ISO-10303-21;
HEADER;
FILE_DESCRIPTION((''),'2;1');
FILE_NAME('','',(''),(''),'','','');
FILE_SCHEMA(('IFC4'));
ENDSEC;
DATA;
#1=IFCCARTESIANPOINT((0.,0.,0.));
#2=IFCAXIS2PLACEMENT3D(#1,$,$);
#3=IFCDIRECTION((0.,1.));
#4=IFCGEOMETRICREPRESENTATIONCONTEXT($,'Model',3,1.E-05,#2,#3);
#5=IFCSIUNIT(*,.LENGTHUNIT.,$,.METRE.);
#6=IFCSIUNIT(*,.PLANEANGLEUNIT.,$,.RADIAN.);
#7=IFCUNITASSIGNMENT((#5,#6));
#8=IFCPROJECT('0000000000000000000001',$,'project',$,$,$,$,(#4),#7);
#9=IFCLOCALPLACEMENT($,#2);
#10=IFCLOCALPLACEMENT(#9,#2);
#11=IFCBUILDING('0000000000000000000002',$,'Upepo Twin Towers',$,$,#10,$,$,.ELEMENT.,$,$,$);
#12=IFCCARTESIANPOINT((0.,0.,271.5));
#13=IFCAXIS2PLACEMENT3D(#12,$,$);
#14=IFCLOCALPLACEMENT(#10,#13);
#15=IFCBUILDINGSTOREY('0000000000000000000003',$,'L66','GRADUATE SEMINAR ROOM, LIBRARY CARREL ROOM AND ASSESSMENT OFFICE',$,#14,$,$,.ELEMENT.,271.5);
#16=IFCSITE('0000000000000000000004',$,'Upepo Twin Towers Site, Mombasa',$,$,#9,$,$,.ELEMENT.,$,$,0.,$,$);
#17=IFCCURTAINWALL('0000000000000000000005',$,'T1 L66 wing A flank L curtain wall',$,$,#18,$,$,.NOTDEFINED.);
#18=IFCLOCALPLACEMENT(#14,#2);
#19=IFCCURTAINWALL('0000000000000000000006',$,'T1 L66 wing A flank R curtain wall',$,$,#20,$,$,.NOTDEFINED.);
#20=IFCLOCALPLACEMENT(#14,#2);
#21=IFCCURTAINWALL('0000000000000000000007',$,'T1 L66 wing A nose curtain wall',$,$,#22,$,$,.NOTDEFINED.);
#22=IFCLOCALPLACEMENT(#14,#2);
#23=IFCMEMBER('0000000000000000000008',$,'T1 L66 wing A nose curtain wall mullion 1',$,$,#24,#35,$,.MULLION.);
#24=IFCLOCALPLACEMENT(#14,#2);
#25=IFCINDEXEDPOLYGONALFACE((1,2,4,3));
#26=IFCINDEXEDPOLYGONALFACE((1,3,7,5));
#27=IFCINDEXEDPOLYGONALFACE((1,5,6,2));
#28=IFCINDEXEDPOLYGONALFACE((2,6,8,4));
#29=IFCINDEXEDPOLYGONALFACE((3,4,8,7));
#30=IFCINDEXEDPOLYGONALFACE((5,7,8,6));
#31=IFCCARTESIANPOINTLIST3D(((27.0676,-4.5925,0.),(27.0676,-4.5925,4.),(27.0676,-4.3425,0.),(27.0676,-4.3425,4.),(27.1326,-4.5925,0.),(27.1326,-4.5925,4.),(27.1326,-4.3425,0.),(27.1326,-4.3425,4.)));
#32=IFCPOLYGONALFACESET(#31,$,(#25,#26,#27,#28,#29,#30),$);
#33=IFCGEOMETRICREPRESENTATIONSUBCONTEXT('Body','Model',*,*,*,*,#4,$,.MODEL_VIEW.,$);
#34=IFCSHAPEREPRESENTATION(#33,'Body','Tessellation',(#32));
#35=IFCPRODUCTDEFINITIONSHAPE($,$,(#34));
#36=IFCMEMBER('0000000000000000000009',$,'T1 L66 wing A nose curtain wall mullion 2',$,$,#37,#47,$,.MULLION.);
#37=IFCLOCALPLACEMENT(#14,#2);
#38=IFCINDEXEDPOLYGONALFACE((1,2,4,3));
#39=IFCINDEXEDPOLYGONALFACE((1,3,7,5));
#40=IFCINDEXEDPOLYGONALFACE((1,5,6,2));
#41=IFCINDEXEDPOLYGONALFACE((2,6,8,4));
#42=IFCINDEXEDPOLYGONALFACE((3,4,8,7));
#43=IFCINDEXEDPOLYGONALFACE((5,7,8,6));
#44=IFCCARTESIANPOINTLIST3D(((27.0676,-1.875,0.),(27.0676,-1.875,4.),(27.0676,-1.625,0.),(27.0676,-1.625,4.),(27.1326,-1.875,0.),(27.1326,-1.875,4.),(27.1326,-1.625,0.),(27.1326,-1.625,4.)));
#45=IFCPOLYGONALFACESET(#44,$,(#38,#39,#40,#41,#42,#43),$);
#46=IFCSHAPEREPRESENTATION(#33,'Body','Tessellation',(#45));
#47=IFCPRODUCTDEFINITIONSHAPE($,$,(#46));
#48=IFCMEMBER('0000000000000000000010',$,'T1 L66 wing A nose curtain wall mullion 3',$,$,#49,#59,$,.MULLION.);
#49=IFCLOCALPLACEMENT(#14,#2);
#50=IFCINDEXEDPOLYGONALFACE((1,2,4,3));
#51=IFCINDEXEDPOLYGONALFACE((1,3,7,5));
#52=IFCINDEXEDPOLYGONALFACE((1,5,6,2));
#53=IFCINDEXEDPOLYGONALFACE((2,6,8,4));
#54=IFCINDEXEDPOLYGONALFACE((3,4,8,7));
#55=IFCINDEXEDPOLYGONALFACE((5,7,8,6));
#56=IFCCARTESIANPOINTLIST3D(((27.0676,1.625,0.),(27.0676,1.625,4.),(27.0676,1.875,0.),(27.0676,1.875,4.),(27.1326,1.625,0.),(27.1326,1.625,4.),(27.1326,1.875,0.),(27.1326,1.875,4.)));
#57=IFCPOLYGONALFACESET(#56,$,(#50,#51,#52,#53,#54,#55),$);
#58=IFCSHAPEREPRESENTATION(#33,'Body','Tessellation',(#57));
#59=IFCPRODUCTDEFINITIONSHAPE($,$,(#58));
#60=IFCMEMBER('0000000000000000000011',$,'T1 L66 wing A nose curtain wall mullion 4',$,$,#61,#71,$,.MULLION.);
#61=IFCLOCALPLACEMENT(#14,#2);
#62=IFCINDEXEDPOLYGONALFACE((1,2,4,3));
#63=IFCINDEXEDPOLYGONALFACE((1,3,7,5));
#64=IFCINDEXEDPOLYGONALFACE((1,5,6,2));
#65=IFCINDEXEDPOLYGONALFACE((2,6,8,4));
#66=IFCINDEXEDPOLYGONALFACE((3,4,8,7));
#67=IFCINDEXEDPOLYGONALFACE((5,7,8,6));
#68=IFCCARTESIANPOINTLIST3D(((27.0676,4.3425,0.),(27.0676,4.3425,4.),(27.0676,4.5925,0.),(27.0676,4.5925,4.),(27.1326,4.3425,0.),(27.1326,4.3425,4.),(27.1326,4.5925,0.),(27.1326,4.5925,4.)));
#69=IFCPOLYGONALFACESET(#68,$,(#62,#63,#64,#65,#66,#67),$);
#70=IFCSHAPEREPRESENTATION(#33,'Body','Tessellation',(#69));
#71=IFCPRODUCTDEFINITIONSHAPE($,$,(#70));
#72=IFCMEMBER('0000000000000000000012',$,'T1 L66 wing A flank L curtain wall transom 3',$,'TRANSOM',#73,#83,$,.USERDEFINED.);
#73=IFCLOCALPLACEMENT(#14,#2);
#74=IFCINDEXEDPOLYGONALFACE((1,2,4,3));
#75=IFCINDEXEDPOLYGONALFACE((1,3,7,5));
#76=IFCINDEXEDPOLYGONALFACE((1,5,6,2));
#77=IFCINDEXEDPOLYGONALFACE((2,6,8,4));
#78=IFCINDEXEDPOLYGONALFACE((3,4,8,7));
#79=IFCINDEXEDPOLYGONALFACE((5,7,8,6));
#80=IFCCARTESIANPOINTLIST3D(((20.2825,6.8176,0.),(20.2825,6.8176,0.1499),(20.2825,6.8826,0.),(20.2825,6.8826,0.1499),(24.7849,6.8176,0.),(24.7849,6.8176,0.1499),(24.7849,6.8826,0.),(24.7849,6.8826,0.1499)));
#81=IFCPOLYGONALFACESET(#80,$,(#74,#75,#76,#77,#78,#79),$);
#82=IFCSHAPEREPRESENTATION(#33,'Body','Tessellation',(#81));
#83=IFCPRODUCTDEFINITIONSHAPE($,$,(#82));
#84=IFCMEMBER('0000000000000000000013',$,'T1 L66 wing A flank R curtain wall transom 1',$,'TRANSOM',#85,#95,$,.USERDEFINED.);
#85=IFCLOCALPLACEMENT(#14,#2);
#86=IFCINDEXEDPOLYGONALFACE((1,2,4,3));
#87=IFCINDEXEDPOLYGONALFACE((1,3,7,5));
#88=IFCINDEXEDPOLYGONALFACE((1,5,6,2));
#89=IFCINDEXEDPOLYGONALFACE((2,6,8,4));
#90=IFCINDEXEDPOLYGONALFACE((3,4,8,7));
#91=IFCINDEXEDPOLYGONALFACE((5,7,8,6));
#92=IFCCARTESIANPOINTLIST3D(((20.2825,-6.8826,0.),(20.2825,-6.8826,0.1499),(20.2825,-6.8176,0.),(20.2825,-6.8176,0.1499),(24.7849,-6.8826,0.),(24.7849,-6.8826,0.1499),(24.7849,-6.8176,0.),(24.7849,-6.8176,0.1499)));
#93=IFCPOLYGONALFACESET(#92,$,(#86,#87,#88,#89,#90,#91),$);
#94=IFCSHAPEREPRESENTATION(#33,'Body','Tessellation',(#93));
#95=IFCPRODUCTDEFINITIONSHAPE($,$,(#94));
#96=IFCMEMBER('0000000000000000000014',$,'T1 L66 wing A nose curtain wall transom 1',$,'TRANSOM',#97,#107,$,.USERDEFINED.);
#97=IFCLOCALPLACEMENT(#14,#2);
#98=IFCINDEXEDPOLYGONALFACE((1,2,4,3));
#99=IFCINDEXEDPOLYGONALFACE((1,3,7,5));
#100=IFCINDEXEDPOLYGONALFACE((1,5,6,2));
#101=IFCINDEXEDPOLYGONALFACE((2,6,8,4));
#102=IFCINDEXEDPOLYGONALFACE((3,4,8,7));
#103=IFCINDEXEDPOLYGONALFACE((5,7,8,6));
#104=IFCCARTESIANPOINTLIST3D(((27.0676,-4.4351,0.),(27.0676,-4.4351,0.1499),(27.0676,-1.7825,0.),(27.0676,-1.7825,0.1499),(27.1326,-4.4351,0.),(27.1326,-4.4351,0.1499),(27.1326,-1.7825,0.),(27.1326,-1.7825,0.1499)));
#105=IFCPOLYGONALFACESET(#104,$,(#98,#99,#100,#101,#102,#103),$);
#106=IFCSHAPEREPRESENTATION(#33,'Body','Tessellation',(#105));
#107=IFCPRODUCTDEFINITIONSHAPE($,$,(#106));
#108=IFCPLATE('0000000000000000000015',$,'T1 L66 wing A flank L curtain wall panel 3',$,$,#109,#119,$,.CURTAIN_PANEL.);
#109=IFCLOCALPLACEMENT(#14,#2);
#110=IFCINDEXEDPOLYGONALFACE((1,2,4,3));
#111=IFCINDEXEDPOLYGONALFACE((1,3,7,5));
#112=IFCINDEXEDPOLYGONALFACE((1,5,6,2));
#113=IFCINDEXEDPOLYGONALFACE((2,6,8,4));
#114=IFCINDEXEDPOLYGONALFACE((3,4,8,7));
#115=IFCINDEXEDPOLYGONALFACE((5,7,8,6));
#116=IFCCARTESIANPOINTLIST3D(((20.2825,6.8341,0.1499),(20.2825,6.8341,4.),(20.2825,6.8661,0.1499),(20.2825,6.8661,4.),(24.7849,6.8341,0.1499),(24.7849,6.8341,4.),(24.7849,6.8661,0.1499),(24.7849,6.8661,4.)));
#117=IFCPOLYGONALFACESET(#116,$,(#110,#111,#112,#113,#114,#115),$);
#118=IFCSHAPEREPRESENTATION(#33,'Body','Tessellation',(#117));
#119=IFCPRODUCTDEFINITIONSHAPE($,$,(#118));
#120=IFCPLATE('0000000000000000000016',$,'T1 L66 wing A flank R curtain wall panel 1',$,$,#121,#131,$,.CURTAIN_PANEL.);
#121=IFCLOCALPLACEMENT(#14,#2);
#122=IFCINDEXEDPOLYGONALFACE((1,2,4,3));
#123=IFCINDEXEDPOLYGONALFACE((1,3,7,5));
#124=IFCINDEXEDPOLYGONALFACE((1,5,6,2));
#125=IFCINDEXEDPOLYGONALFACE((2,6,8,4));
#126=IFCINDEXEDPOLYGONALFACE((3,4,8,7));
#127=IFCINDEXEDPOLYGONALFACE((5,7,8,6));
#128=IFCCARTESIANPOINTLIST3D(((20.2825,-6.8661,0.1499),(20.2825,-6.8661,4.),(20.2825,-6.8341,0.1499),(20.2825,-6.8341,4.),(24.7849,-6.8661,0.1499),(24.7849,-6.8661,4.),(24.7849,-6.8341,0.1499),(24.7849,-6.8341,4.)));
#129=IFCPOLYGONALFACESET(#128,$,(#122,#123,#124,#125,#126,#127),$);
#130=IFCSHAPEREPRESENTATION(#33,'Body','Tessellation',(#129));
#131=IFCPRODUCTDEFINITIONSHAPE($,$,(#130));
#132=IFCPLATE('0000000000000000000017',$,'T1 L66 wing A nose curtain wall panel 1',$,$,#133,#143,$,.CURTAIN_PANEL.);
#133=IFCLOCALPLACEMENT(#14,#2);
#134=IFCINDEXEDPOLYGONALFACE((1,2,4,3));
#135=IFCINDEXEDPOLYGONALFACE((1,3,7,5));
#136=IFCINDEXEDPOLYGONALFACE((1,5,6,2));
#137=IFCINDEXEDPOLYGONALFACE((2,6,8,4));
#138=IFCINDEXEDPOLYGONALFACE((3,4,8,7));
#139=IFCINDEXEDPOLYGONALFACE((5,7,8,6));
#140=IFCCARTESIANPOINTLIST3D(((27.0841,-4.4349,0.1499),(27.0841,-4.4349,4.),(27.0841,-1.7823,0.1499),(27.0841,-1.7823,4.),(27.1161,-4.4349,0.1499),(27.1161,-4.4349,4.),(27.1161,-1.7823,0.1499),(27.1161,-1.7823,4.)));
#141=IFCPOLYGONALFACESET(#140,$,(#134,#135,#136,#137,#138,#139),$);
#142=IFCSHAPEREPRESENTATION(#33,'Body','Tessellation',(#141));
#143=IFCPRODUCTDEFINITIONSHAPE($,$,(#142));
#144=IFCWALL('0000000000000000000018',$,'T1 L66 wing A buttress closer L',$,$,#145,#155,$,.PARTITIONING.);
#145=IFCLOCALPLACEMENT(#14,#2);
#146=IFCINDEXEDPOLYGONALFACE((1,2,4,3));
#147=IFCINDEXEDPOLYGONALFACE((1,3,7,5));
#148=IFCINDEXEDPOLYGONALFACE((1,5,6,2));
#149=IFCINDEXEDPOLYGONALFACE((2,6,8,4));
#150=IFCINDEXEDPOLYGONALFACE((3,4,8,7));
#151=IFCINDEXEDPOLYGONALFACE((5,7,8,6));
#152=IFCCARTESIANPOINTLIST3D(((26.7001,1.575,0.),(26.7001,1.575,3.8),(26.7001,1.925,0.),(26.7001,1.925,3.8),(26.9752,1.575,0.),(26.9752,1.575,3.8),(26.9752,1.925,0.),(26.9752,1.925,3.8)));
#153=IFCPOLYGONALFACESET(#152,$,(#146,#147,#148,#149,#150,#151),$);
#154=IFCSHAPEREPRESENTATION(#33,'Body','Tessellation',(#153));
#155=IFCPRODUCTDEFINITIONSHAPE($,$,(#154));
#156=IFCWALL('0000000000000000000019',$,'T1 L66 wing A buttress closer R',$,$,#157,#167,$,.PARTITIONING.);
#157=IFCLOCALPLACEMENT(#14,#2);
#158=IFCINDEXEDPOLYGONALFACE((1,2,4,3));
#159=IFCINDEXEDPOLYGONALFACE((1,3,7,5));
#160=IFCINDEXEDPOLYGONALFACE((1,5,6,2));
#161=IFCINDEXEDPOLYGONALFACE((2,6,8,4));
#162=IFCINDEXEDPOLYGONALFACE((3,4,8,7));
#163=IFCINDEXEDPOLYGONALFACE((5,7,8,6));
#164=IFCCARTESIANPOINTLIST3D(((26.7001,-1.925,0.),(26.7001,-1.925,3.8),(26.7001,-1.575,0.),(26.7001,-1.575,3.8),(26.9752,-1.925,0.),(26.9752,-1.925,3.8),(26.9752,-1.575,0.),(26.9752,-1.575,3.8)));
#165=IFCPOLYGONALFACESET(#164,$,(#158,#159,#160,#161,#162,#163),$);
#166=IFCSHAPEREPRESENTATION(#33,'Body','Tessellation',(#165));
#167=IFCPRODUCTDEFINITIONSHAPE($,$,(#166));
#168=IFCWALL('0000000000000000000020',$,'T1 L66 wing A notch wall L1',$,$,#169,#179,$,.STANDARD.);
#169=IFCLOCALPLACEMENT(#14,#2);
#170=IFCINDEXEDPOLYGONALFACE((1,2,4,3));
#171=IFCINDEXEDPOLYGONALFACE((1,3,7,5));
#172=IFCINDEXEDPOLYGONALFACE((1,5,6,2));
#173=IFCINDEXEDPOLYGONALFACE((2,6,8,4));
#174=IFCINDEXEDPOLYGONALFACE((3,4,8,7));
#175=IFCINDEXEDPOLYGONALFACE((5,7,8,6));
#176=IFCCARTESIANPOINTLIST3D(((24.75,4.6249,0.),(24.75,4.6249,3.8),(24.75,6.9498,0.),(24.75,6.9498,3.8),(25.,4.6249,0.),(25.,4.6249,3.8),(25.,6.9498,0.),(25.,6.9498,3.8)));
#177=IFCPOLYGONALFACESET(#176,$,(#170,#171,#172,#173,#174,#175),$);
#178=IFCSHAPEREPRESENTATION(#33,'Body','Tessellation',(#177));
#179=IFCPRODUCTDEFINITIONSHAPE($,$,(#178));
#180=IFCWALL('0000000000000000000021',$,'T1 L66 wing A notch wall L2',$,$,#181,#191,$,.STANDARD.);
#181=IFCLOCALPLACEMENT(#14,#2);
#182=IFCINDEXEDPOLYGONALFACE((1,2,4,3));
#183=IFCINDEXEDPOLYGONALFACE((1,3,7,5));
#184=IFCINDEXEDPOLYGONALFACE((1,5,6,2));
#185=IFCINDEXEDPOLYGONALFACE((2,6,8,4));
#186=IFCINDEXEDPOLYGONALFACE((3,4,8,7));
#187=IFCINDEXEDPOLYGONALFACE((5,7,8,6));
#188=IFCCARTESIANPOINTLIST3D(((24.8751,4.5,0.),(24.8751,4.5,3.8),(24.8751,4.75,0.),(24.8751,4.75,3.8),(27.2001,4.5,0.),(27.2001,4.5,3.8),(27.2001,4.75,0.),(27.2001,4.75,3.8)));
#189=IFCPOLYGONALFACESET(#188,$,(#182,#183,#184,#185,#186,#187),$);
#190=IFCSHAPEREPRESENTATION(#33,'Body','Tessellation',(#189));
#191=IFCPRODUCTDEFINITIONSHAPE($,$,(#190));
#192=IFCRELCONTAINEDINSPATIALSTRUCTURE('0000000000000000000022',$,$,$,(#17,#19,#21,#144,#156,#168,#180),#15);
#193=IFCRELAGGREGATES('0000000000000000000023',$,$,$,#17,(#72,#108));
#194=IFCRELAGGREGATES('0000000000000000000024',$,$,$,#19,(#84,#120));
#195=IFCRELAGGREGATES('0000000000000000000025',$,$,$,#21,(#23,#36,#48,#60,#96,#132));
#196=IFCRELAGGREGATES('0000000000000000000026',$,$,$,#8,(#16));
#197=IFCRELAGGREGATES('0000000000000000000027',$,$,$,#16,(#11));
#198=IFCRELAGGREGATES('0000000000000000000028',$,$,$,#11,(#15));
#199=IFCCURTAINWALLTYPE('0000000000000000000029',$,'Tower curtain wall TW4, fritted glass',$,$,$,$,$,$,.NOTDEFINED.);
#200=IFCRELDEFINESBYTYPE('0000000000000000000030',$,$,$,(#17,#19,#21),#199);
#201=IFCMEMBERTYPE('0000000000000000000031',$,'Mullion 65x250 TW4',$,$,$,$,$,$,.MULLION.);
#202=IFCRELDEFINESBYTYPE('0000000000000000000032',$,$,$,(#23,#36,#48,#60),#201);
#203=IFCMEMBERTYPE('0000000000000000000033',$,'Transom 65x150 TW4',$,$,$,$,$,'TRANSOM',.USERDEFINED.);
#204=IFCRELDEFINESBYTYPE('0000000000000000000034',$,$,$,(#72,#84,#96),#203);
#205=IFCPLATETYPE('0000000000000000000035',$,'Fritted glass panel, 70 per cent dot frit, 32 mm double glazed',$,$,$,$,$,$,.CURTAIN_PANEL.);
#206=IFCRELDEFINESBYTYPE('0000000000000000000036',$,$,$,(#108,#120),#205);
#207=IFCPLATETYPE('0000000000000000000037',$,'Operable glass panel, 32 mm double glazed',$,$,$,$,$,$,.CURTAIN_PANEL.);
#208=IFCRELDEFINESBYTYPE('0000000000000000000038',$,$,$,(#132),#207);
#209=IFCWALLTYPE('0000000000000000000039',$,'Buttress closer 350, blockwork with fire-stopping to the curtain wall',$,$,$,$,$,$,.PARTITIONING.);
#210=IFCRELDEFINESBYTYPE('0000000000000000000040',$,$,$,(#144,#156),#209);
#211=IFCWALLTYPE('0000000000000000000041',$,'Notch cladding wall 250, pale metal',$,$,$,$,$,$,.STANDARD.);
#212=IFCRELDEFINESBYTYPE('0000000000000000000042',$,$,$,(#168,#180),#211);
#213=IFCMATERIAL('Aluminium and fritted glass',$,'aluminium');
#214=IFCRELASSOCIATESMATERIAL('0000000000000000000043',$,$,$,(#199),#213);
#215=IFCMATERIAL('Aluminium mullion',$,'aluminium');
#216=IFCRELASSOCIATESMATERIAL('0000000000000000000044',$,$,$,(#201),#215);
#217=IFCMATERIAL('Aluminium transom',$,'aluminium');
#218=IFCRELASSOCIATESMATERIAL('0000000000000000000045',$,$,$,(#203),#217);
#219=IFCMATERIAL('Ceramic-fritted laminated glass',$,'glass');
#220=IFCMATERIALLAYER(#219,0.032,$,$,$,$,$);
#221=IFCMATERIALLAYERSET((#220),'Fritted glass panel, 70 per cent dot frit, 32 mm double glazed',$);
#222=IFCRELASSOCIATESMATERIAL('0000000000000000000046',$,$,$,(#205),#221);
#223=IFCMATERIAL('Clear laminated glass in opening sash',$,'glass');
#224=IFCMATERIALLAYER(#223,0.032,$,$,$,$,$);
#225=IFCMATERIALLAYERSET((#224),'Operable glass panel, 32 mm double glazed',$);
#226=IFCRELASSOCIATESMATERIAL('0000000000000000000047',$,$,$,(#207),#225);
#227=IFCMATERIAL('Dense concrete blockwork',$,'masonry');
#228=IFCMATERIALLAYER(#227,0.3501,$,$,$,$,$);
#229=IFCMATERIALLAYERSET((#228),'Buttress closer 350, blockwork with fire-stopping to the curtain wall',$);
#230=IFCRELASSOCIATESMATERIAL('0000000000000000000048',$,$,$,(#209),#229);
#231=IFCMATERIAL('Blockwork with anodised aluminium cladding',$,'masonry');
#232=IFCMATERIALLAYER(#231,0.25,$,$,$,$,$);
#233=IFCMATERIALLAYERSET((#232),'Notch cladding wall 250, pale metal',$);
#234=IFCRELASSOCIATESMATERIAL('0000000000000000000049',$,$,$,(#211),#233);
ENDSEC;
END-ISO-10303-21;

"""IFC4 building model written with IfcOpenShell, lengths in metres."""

from ifc_helpers import new_model, si_unit, direction, frame, frame_2d, origin, origin_2d, place, context, subcontext, project, spatial, rectangle, extrude, material, layer, layer_set, material_profile, profile_set, type_object, element, aggregate, save


model = new_model("IFC4")

# Units and contexts
model_context = context("Model", 3, precision=1e-05, world=origin(), true_north=direction((0.0, 1.0)))
body_context = subcontext(model_context, "Body", "Model", "MODEL_VIEW")
ifc_project = project(units=[si_unit("LENGTHUNIT", "METRE"), si_unit("PLANEANGLEUNIT", "RADIAN")], contexts=[model_context])

# Site, building, storey
site_placement = place(None, origin())
site = spatial("IfcSite", under=ifc_project, at=site_placement, Name="Upepo Twin Towers Site, Mombasa", CompositionType="ELEMENT", RefElevation=0.0)
building_placement = place(site_placement, origin())
building = spatial("IfcBuilding", under=site, at=building_placement, Name="Upepo Twin Towers", CompositionType="ELEMENT")
storey_placement = place(building_placement, frame((0.0, 0.0, 271.5)))
storey = spatial("IfcBuildingStorey", under=building, at=storey_placement, Name="L66", Description="GRADUATE SEMINAR ROOM, LIBRARY CARREL ROOM AND ASSESSMENT OFFICE", CompositionType="ELEMENT", Elevation=271.5)

# Curtain walls, members
ifc_material_1 = material(Name="Aluminium and fritted glass", Category="aluminium")
curtain_wall_type = type_object("IfcCurtainWallType", Name="Tower curtain wall TW4, fritted glass", PredefinedType="NOTDEFINED", material=ifc_material_1)
curtain_wall_1_placement = place(storey_placement, origin())
curtain_wall_1 = element("IfcCurtainWall", 1, at=curtain_wall_1_placement, inside=storey, type_object=curtain_wall_type, Name="T1 L66 wing A flank L curtain wall", PredefinedType="NOTDEFINED")
ifc_material_2 = material(Name="Aluminium mullion", Category="aluminium")
ifc_material_profile_1 = material_profile(ifc_material_2, rectangle(XDim=0.0649, YDim=0.25, at=origin_2d()), Name="MULLION 65x250")
ifc_profile_set_1 = profile_set([ifc_material_profile_1], Name="Aluminium mullion")
member_type_1 = type_object("IfcMemberType", Name="Mullion 65x250 TW4", PredefinedType="MULLION", material=ifc_profile_set_1)
curtain_wall_2_placement = place(storey_placement, origin())
curtain_wall_2 = element("IfcCurtainWall", 2, at=curtain_wall_2_placement, inside=storey, type_object=curtain_wall_type, Name="T1 L66 wing A flank R curtain wall", PredefinedType="NOTDEFINED")
curtain_wall_3_placement = place(storey_placement, origin())
curtain_wall_3 = element("IfcCurtainWall", 3, at=curtain_wall_3_placement, inside=storey, type_object=curtain_wall_type, Name="T1 L66 wing A nose curtain wall", PredefinedType="NOTDEFINED")
member_1_placement = place(storey_placement, frame((27.1001, -4.4675, 0.0), z_axis=(0.0, 0.0, 1.0), x_axis=(-1.0, 0.0, 0.0)))
member_1 = element("IfcMember", 4, at=member_1_placement, type_object=member_type_1, Name="T1 L66 wing A nose curtain wall mullion 1", PredefinedType="MULLION", context=body_context, shape_type="SweptSolid", body=[
    extrude(rectangle(XDim=0.0649, YDim=0.25, at=origin_2d()), origin(), (0.0, 0.0, 1.0), 4.0),
])
member_2_placement = place(storey_placement, frame((27.1001, -1.75, 0.0), z_axis=(0.0, 0.0, 1.0), x_axis=(-1.0, 0.0, 0.0)))
member_2 = element("IfcMember", 5, at=member_2_placement, type_object=member_type_1, Name="T1 L66 wing A nose curtain wall mullion 2", PredefinedType="MULLION", context=body_context, shape_type="SweptSolid", body=[
    extrude(rectangle(XDim=0.0649, YDim=0.25, at=origin_2d()), origin(), (0.0, 0.0, 1.0), 4.0),
])
member_3_placement = place(storey_placement, frame((27.1001, 1.75, 0.0), z_axis=(0.0, 0.0, 1.0), x_axis=(-1.0, 0.0, 0.0)))
member_3 = element("IfcMember", 6, at=member_3_placement, type_object=member_type_1, Name="T1 L66 wing A nose curtain wall mullion 3", PredefinedType="MULLION", context=body_context, shape_type="SweptSolid", body=[
    extrude(rectangle(XDim=0.0649, YDim=0.25, at=origin_2d()), origin(), (0.0, 0.0, 1.0), 4.0),
])
member_4_placement = place(storey_placement, frame((27.1001, 4.4675, 0.0), z_axis=(0.0, 0.0, 1.0), x_axis=(-1.0, 0.0, 0.0)))
member_4 = element("IfcMember", 7, at=member_4_placement, type_object=member_type_1, Name="T1 L66 wing A nose curtain wall mullion 4", PredefinedType="MULLION", context=body_context, shape_type="SweptSolid", body=[
    extrude(rectangle(XDim=0.0649, YDim=0.25, at=origin_2d()), origin(), (0.0, 0.0, 1.0), 4.0),
])

# Members
ifc_material_3 = material(Name="Aluminium transom", Category="aluminium")
ifc_material_profile_2 = material_profile(ifc_material_3, rectangle(XDim=0.0649, YDim=0.1499, at=origin_2d()), Name="TRANSOM 65x150")
ifc_profile_set_2 = profile_set([ifc_material_profile_2], Name="Aluminium transom")
member_type_2 = type_object("IfcMemberType", Name="Transom 65x150 TW4", ElementType="TRANSOM", PredefinedType="USERDEFINED", material=ifc_profile_set_2)
member_5_placement = place(storey_placement, frame((20.2825, 6.8501, 0.075), z_axis=(1.0, 0.0, 0.0), x_axis=(0.0, 1.0, 0.0)))
member_5 = element("IfcMember", 8, at=member_5_placement, type_object=member_type_2, Name="T1 L66 wing A flank L curtain wall transom 3", ObjectType="TRANSOM", PredefinedType="USERDEFINED", context=body_context, shape_type="SweptSolid", body=[
    extrude(rectangle(XDim=0.0649, YDim=0.1499, at=origin_2d()), origin(), (0.0, 0.0, 1.0), 4.5024),
])
member_6_placement = place(storey_placement, frame((24.7849, -6.8501, 0.075), z_axis=(-1.0, 0.0, 0.0), x_axis=(0.0, -1.0, 0.0)))
member_6 = element("IfcMember", 9, at=member_6_placement, type_object=member_type_2, Name="T1 L66 wing A flank R curtain wall transom 1", ObjectType="TRANSOM", PredefinedType="USERDEFINED", context=body_context, shape_type="SweptSolid", body=[
    extrude(rectangle(XDim=0.0649, YDim=0.1499, at=origin_2d()), origin(), (0.0, 0.0, 1.0), 4.5024),
])
member_7_placement = place(storey_placement, frame((27.1001, -4.4351, 0.075), z_axis=(0.0, 1.0, 0.0), x_axis=(-1.0, 0.0, 0.0)))
member_7 = element("IfcMember", 10, at=member_7_placement, type_object=member_type_2, Name="T1 L66 wing A nose curtain wall transom 1", ObjectType="TRANSOM", PredefinedType="USERDEFINED", context=body_context, shape_type="SweptSolid", body=[
    extrude(rectangle(XDim=0.0649, YDim=0.1499, at=origin_2d()), origin(), (0.0, 0.0, 1.0), 2.6526),
])

# Plates
ifc_material_4 = material(Name="Ceramic-fritted laminated glass", Category="glass")
ifc_layer_1 = layer(ifc_material_4, 0.032)
ifc_layer_set_1 = layer_set([ifc_layer_1], Name="Fritted glass panel, 70 per cent dot frit, 32 mm double glazed")
plate_type_1 = type_object("IfcPlateType", Name="Fritted glass panel, 70 per cent dot frit, 32 mm double glazed", PredefinedType="CURTAIN_PANEL", material=ifc_layer_set_1)
plate_1_placement = place(storey_placement, frame((22.5337, 6.8501, 0.1499), z_axis=(0.0, 0.0, 1.0), x_axis=(1.0, 0.0, 0.0)))
plate_1 = element("IfcPlate", 11, at=plate_1_placement, type_object=plate_type_1, Name="T1 L66 wing A flank L curtain wall panel 3", PredefinedType="CURTAIN_PANEL", context=body_context, shape_type="SweptSolid", body=[
    extrude(rectangle(XDim=4.5024, YDim=0.032, at=origin_2d()), origin(), (0.0, 0.0, 1.0), 3.8501),
])
aggregate(curtain_wall_1, [member_5, plate_1])
plate_2_placement = place(storey_placement, frame((22.5337, -6.8501, 0.1499), z_axis=(0.0, 0.0, 1.0), x_axis=(-1.0, 0.0, 0.0)))
plate_2 = element("IfcPlate", 12, at=plate_2_placement, type_object=plate_type_1, Name="T1 L66 wing A flank R curtain wall panel 1", PredefinedType="CURTAIN_PANEL", context=body_context, shape_type="SweptSolid", body=[
    extrude(rectangle(XDim=4.5024, YDim=0.032, at=origin_2d()), origin(), (0.0, 0.0, 1.0), 3.8501),
])
aggregate(curtain_wall_2, [member_6, plate_2])
ifc_material_5 = material(Name="Clear laminated glass in opening sash", Category="glass")
ifc_layer_2 = layer(ifc_material_5, 0.032)
ifc_layer_set_2 = layer_set([ifc_layer_2], Name="Operable glass panel, 32 mm double glazed")
plate_type_2 = type_object("IfcPlateType", Name="Operable glass panel, 32 mm double glazed", PredefinedType="CURTAIN_PANEL", material=ifc_layer_set_2)
plate_3_placement = place(storey_placement, frame((27.1001, -3.1086, 0.1499), z_axis=(0.0, 0.0, 1.0), x_axis=(0.0, 1.0, 0.0)))
plate_3 = element("IfcPlate", 13, at=plate_3_placement, type_object=plate_type_2, Name="T1 L66 wing A nose curtain wall panel 1", PredefinedType="CURTAIN_PANEL", context=body_context, shape_type="SweptSolid", body=[
    extrude(rectangle(XDim=2.6526, YDim=0.032, at=origin_2d()), origin(), (0.0, 0.0, 1.0), 3.8501),
])
aggregate(curtain_wall_3, [member_1, member_2, member_3, member_4, member_7, plate_3])

# Walls
ifc_material_6 = material(Name="Dense concrete blockwork", Category="masonry")
ifc_layer_3 = layer(ifc_material_6, 0.3501)
ifc_layer_set_3 = layer_set([ifc_layer_3], Name="Buttress closer 350, blockwork with fire-stopping to the curtain wall")
wall_type_1 = type_object("IfcWallType", Name="Buttress closer 350, blockwork with fire-stopping to the curtain wall", PredefinedType="PARTITIONING", material=ifc_layer_set_3)
for number, where, z_axis, x_axis, name in (
    (14, (26.7, 1.75, 0.0), (0.0, 0.0, 1.0), (1.0, 0.0, 0.0), "T1 L66 wing A buttress closer L"),
    (15, (26.7, -1.75, 0.0), (0.0, 0.0, 1.0), (1.0, 0.0, 0.0), "T1 L66 wing A buttress closer R"),
):
    element("IfcWall", number, at=place(storey_placement, frame(where, z_axis=z_axis, x_axis=x_axis)), inside=storey, type_object=wall_type_1, Name=name, PredefinedType="PARTITIONING", context=body_context, shape_type="SweptSolid", body=[
        extrude(rectangle(XDim=0.2751, YDim=0.3501, at=frame_2d((0.1377, 0.0))), origin(), (0.0, 0.0, 1.0), 3.8),
    ])
ifc_material_7 = material(Name="Blockwork with anodised aluminium cladding", Category="masonry")
ifc_layer_4 = layer(ifc_material_7, 0.25)
ifc_layer_set_4 = layer_set([ifc_layer_4], Name="Notch cladding wall 250, pale metal")
wall_type_2 = type_object("IfcWallType", Name="Notch cladding wall 250, pale metal", PredefinedType="STANDARD", material=ifc_layer_set_4)
for number, where, z_axis, x_axis, name in (
    (16, (24.875, 6.95, 0.0), (0.0, 0.0, 1.0), (0.0, -1.0, 0.0), "T1 L66 wing A notch wall L1"),
    (17, (24.875, 4.625, 0.0), (0.0, 0.0, 1.0), (1.0, 0.0, 0.0), "T1 L66 wing A notch wall L2"),
):
    element("IfcWall", number, at=place(storey_placement, frame(where, z_axis=z_axis, x_axis=x_axis)), inside=storey, type_object=wall_type_2, Name=name, PredefinedType="STANDARD", context=body_context, shape_type="SweptSolid", body=[
        extrude(rectangle(XDim=2.325, YDim=0.25, at=frame_2d((1.1626, 0.0))), origin(), (0.0, 0.0, 1.0), 3.8),
    ])

save(model, "model.ifc")
